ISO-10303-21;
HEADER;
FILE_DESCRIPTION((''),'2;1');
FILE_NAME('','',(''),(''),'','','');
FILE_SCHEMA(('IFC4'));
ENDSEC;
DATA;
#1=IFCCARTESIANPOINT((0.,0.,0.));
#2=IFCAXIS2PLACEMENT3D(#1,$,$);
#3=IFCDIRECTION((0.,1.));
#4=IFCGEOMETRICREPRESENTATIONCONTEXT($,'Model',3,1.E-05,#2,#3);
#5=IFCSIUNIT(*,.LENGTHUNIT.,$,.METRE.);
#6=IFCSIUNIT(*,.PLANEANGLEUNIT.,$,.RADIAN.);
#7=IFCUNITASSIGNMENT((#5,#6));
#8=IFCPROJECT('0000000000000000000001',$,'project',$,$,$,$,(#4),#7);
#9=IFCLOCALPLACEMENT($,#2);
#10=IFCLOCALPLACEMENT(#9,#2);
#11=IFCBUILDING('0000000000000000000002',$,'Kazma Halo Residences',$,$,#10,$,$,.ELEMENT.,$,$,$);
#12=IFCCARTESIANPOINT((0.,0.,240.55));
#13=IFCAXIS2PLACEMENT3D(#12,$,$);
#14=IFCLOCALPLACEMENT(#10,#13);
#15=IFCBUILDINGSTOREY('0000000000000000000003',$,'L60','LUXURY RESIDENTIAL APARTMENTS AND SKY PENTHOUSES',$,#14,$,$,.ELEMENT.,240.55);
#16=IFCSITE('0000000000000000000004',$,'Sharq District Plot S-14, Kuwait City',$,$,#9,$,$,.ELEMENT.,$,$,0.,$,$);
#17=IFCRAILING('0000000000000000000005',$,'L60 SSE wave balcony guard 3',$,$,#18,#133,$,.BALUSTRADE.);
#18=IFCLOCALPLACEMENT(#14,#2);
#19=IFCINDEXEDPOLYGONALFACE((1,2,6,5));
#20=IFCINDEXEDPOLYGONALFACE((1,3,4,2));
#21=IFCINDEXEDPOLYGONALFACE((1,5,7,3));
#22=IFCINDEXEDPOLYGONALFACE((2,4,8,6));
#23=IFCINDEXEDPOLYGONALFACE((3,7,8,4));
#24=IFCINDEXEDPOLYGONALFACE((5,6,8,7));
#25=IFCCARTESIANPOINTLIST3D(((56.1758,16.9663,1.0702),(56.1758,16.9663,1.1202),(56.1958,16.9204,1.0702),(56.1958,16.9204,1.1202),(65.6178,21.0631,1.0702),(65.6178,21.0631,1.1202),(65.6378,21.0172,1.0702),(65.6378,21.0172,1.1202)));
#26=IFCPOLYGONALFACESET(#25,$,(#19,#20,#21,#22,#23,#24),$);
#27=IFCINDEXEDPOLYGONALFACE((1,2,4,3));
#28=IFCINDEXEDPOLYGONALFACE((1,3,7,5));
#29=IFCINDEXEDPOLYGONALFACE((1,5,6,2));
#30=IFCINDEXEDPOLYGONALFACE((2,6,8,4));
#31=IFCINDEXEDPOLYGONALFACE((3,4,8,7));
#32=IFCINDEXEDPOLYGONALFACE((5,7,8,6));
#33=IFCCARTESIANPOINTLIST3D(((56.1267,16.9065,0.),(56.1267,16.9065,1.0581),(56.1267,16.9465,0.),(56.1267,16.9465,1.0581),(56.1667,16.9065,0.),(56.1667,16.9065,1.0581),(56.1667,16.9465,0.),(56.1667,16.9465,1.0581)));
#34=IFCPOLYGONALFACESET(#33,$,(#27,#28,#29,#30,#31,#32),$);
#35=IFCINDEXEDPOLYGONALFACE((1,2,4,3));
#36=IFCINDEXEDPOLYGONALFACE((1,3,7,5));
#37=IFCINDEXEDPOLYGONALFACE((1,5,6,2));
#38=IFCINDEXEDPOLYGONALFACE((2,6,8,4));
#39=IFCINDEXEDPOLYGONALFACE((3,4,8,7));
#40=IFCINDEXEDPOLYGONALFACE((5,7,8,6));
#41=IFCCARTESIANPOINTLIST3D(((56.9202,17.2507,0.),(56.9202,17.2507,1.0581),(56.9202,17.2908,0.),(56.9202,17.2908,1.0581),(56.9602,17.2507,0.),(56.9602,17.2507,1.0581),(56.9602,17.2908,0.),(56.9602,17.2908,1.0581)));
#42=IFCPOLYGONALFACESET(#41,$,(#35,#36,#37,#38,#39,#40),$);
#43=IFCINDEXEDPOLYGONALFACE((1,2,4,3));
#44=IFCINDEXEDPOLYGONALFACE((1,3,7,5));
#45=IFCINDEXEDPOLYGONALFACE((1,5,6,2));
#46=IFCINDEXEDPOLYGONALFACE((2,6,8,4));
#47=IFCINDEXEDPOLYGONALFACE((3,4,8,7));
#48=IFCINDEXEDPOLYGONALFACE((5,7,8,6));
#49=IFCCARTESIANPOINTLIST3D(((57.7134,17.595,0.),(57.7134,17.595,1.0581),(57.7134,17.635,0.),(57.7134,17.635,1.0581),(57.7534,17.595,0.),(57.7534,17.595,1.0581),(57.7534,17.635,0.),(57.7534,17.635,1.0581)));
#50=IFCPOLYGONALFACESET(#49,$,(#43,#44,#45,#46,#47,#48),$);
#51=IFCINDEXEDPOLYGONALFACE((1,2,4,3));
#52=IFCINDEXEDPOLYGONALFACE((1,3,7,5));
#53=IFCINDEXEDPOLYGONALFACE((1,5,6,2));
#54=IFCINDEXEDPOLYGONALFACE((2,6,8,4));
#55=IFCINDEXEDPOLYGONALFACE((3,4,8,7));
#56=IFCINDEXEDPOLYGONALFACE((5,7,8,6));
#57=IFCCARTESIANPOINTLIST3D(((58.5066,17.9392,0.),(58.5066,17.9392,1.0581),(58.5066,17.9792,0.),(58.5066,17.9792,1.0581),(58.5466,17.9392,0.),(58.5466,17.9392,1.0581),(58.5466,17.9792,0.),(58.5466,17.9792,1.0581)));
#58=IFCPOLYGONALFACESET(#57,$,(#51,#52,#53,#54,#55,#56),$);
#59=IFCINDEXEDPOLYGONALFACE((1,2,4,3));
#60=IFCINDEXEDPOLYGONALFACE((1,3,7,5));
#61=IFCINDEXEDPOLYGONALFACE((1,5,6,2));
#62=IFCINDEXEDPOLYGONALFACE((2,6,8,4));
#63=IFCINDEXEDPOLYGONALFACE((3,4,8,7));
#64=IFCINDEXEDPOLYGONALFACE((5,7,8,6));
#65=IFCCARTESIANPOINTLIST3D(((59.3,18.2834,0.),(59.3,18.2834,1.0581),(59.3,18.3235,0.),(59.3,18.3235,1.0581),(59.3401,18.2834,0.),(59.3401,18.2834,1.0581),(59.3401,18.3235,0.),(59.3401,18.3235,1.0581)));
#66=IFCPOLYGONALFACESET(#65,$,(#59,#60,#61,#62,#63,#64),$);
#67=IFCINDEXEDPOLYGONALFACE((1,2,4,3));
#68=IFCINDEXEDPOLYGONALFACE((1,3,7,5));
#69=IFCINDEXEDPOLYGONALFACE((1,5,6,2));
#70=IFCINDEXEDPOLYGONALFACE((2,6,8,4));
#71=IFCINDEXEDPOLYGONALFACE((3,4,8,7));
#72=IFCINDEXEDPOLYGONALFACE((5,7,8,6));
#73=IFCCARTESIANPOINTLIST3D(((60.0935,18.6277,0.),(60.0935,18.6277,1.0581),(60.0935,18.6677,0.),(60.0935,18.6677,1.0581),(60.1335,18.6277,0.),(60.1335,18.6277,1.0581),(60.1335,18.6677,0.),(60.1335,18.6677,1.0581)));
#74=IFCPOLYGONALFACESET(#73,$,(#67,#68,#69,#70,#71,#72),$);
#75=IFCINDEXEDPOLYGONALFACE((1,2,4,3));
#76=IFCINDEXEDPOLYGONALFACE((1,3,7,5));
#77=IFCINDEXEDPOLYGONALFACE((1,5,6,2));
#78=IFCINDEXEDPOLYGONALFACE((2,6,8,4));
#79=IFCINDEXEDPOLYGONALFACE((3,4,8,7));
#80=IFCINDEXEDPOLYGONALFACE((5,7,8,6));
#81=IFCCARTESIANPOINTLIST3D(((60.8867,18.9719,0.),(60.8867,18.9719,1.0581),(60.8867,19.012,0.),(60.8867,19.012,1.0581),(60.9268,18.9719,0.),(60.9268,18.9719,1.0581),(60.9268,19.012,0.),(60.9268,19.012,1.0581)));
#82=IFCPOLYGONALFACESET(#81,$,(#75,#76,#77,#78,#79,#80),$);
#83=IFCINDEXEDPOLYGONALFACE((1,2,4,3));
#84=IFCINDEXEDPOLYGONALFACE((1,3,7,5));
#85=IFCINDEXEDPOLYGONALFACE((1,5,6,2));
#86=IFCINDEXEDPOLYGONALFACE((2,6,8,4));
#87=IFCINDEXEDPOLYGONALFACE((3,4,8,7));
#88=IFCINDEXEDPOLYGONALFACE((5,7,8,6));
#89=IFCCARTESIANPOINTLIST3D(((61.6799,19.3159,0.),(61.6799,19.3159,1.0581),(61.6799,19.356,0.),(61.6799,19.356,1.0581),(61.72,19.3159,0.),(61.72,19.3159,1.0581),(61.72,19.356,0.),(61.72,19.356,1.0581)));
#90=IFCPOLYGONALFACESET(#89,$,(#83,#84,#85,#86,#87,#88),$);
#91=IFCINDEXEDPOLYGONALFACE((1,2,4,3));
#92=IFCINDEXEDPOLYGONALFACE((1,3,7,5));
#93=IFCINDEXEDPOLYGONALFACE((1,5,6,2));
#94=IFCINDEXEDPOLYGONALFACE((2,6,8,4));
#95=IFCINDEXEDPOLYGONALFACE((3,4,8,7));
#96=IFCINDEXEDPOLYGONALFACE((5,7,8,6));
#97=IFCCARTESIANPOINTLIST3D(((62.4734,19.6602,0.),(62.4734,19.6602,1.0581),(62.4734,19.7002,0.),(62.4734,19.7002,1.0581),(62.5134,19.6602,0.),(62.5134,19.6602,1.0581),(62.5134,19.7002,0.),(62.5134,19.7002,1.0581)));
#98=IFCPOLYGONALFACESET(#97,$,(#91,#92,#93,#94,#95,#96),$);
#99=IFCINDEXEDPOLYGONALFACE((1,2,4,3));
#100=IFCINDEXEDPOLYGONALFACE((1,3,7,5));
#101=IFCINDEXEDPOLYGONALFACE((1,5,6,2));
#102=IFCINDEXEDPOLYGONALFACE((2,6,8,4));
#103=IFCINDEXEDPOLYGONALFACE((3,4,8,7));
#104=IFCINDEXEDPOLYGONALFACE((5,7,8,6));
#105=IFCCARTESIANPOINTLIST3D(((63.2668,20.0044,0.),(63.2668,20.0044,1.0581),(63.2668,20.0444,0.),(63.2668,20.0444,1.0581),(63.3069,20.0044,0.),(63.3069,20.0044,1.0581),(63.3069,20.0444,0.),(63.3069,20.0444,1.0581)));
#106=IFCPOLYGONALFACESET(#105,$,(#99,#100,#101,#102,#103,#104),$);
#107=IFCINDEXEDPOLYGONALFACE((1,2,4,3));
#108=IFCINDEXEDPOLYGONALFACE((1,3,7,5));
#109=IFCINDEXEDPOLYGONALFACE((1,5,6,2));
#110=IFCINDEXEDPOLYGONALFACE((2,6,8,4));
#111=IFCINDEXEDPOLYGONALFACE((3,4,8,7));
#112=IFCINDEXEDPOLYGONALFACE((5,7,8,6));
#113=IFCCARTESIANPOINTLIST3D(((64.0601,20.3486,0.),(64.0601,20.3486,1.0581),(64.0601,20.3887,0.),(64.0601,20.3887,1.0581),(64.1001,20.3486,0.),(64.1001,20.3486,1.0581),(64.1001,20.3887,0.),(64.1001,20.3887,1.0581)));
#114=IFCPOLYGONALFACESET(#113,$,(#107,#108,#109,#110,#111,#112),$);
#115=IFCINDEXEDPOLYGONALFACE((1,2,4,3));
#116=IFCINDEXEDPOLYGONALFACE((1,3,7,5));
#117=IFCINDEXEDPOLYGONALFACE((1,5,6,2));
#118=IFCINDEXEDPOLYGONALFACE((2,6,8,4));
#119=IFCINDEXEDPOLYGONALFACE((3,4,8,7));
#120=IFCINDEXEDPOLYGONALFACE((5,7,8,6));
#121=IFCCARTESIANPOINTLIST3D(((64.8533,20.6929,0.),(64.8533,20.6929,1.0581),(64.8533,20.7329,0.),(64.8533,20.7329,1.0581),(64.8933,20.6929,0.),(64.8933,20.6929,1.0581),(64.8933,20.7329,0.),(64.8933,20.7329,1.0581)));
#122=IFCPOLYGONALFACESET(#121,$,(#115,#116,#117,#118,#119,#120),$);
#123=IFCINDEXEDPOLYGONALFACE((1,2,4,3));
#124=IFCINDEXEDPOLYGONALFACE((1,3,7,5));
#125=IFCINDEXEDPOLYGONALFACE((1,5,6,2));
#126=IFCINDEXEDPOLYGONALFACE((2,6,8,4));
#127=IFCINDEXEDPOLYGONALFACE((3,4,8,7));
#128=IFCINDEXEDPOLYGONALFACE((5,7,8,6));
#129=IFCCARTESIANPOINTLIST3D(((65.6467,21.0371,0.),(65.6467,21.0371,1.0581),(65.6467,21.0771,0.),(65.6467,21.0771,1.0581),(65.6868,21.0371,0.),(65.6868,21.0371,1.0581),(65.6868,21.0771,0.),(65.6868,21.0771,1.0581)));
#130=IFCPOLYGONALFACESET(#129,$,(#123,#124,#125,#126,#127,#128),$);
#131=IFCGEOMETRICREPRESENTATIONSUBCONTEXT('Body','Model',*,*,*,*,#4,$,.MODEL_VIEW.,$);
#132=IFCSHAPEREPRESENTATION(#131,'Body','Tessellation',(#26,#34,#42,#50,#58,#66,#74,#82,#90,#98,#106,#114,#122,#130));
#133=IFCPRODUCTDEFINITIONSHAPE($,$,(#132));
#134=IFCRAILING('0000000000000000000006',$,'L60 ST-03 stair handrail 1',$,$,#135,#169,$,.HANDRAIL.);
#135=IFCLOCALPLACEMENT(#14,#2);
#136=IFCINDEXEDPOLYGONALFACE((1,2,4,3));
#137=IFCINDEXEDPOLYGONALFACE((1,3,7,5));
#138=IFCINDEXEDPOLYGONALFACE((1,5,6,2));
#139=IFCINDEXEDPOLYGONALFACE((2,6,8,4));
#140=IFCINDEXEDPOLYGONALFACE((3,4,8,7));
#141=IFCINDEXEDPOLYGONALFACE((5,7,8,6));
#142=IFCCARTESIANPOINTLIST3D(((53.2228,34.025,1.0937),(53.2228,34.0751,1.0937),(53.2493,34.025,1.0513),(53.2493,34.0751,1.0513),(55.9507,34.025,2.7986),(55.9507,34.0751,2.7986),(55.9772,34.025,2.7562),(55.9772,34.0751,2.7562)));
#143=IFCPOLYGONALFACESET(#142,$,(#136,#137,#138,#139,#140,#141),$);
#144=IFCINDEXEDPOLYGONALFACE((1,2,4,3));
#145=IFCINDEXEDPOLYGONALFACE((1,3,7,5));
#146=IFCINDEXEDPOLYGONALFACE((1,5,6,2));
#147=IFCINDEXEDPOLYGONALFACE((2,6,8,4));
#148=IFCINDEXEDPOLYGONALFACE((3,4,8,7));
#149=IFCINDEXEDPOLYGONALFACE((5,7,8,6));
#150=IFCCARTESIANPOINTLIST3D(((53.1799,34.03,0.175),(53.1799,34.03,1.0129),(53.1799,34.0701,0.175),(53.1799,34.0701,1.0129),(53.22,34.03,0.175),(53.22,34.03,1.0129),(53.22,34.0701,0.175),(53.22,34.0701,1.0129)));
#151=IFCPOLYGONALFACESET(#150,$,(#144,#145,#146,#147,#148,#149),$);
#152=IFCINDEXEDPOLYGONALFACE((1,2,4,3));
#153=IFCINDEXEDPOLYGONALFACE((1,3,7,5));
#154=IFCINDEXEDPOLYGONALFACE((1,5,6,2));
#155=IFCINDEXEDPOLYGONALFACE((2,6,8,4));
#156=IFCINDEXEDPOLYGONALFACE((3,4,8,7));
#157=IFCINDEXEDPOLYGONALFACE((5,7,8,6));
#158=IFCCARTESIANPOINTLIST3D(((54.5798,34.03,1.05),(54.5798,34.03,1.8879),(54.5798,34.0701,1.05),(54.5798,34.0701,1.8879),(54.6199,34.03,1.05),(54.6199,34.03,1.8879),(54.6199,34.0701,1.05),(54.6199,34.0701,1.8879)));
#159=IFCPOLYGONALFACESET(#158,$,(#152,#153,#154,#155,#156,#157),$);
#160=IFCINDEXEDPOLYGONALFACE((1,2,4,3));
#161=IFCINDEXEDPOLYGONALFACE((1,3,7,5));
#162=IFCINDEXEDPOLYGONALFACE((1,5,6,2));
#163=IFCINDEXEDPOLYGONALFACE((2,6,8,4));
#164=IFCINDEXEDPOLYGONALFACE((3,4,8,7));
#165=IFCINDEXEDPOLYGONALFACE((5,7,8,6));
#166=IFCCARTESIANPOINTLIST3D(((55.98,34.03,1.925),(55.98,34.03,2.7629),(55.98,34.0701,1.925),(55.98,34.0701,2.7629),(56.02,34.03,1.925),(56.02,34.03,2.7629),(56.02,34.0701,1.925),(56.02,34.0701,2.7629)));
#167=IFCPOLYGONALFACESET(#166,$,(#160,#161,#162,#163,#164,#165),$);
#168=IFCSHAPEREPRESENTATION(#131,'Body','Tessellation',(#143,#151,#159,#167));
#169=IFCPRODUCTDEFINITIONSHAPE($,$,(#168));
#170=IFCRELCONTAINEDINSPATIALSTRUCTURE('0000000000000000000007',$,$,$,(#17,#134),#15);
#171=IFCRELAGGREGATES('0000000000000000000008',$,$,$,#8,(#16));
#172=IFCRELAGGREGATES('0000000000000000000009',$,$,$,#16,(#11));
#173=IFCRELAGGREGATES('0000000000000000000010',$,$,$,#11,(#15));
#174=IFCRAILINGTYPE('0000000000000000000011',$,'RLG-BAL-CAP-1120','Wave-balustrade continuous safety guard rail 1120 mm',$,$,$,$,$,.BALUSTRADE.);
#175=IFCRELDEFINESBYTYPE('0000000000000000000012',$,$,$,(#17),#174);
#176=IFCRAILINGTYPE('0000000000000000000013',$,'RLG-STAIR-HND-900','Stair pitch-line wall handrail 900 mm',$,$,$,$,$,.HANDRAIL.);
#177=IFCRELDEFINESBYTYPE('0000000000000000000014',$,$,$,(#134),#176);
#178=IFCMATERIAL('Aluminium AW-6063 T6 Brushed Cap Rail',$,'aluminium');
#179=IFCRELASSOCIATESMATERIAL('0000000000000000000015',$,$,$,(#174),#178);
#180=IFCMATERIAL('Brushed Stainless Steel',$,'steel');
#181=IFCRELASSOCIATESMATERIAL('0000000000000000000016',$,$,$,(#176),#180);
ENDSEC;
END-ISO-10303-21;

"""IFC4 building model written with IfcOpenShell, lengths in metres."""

from ifc_helpers import new_model, si_unit, direction, frame, origin, origin_2d, place, context, subcontext, project, spatial, rectangle, extrude, material, type_object, element, save


model = new_model("IFC4")

# Units and contexts
model_context = context("Model", 3, precision=1e-05, world=origin(), true_north=direction((0.0, 1.0)))
body_context = subcontext(model_context, "Body", "Model", "MODEL_VIEW")
ifc_project = project(units=[si_unit("LENGTHUNIT", "METRE"), si_unit("PLANEANGLEUNIT", "RADIAN")], contexts=[model_context])

# Site, building, storey
site_placement = place(None, origin())
site = spatial("IfcSite", under=ifc_project, at=site_placement, Name="Sharq District Plot S-14, Kuwait City", CompositionType="ELEMENT", RefElevation=0.0)
building_placement = place(site_placement, origin())
building = spatial("IfcBuilding", under=site, at=building_placement, Name="Kazma Halo Residences", CompositionType="ELEMENT")
storey_placement = place(building_placement, frame((0.0, 0.0, 240.55)))
storey = spatial("IfcBuildingStorey", under=building, at=storey_placement, Name="L60", Description="LUXURY RESIDENTIAL APARTMENTS AND SKY PENTHOUSES", CompositionType="ELEMENT", Elevation=240.55)

# Railings
ifc_material_1 = material(Name="Aluminium AW-6063 T6 Brushed Cap Rail", Category="aluminium")
railing_type_1 = type_object("IfcRailingType", Name="RLG-BAL-CAP-1120", Description="Wave-balustrade continuous safety guard rail 1120 mm", PredefinedType="BALUSTRADE", material=ifc_material_1)
railing_1_placement = place(storey_placement, frame((56.1467, 16.9265, 0.0)))
element("IfcRailing", 1, at=railing_1_placement, inside=storey, type_object=railing_type_1, Name="L60 SSE wave balcony guard 3", PredefinedType="BALUSTRADE", context=body_context, shape_type="SweptSolid", body=[
    extrude(rectangle(XDim=0.05, YDim=0.05, at=origin_2d()), frame((0.0391, 0.0168, 1.0952), z_axis=(0.91737, 0.398035, 0.0), x_axis=(-0.398035, 0.91737, 0.0)), (0.0, 0.0, 1.0), 10.2925),
    extrude(rectangle(XDim=0.04, YDim=0.04, at=origin_2d()), origin(), (0.0, 0.0, 1.0), 1.0581),
    extrude(rectangle(XDim=0.04, YDim=0.04, at=origin_2d()), frame((0.7935, 0.3442, 0.0)), (0.0, 0.0, 1.0), 1.0581),
    extrude(rectangle(XDim=0.04, YDim=0.04, at=origin_2d()), frame((1.5867, 0.6885, 0.0)), (0.0, 0.0, 1.0), 1.0581),
    extrude(rectangle(XDim=0.04, YDim=0.04, at=origin_2d()), frame((2.3799, 1.0327, 0.0)), (0.0, 0.0, 1.0), 1.0581),
    extrude(rectangle(XDim=0.04, YDim=0.04, at=origin_2d()), frame((3.1733, 1.377, 0.0)), (0.0, 0.0, 1.0), 1.0581),
    extrude(rectangle(XDim=0.04, YDim=0.04, at=origin_2d()), frame((3.9668, 1.7212, 0.0)), (0.0, 0.0, 1.0), 1.0581),
    extrude(rectangle(XDim=0.04, YDim=0.04, at=origin_2d()), frame((4.76, 2.0654, 0.0)), (0.0, 0.0, 1.0), 1.0581),
    extrude(rectangle(XDim=0.04, YDim=0.04, at=origin_2d()), frame((5.5532, 2.4094, 0.0)), (0.0, 0.0, 1.0), 1.0581),
    extrude(rectangle(XDim=0.04, YDim=0.04, at=origin_2d()), frame((6.3467, 2.7537, 0.0)), (0.0, 0.0, 1.0), 1.0581),
    extrude(rectangle(XDim=0.04, YDim=0.04, at=origin_2d()), frame((7.1401, 3.0979, 0.0)), (0.0, 0.0, 1.0), 1.0581),
    extrude(rectangle(XDim=0.04, YDim=0.04, at=origin_2d()), frame((7.9333, 3.4421, 0.0)), (0.0, 0.0, 1.0), 1.0581),
    extrude(rectangle(XDim=0.04, YDim=0.04, at=origin_2d()), frame((8.7266, 3.7864, 0.0)), (0.0, 0.0, 1.0), 1.0581),
    extrude(rectangle(XDim=0.04, YDim=0.04, at=origin_2d()), frame((9.52, 4.1306, 0.0)), (0.0, 0.0, 1.0), 1.0581),
])
ifc_material_2 = material(Name="Brushed Stainless Steel", Category="steel")
railing_type_2 = type_object("IfcRailingType", Name="RLG-STAIR-HND-900", Description="Stair pitch-line wall handrail 900 mm", PredefinedType="HANDRAIL", material=ifc_material_2)
railing_2_placement = place(storey_placement, frame((53.2, 34.05, 0.175)))
element("IfcRailing", 2, at=railing_2_placement, inside=storey, type_object=railing_type_2, Name="L60 ST-03 stair handrail 1", PredefinedType="HANDRAIL", context=body_context, shape_type="SweptSolid", body=[
    extrude(rectangle(XDim=0.05, YDim=0.05, at=origin_2d()), frame((0.0361, 0.0, 0.8975), z_axis=(0.848002, 0.0, 0.529992), x_axis=(0.0, 1.0, 0.0)), (0.0, 0.0, 1.0), 3.2168),
    extrude(rectangle(XDim=0.04, YDim=0.04, at=origin_2d()), origin(), (0.0, 0.0, 1.0), 0.8379),
    extrude(rectangle(XDim=0.04, YDim=0.04, at=origin_2d()), frame((1.3999, 0.0, 0.875)), (0.0, 0.0, 1.0), 0.8379),
    extrude(rectangle(XDim=0.04, YDim=0.04, at=origin_2d()), frame((2.8, 0.0, 1.75)), (0.0, 0.0, 1.0), 0.8379),
])

save(model, "model.ifc")
